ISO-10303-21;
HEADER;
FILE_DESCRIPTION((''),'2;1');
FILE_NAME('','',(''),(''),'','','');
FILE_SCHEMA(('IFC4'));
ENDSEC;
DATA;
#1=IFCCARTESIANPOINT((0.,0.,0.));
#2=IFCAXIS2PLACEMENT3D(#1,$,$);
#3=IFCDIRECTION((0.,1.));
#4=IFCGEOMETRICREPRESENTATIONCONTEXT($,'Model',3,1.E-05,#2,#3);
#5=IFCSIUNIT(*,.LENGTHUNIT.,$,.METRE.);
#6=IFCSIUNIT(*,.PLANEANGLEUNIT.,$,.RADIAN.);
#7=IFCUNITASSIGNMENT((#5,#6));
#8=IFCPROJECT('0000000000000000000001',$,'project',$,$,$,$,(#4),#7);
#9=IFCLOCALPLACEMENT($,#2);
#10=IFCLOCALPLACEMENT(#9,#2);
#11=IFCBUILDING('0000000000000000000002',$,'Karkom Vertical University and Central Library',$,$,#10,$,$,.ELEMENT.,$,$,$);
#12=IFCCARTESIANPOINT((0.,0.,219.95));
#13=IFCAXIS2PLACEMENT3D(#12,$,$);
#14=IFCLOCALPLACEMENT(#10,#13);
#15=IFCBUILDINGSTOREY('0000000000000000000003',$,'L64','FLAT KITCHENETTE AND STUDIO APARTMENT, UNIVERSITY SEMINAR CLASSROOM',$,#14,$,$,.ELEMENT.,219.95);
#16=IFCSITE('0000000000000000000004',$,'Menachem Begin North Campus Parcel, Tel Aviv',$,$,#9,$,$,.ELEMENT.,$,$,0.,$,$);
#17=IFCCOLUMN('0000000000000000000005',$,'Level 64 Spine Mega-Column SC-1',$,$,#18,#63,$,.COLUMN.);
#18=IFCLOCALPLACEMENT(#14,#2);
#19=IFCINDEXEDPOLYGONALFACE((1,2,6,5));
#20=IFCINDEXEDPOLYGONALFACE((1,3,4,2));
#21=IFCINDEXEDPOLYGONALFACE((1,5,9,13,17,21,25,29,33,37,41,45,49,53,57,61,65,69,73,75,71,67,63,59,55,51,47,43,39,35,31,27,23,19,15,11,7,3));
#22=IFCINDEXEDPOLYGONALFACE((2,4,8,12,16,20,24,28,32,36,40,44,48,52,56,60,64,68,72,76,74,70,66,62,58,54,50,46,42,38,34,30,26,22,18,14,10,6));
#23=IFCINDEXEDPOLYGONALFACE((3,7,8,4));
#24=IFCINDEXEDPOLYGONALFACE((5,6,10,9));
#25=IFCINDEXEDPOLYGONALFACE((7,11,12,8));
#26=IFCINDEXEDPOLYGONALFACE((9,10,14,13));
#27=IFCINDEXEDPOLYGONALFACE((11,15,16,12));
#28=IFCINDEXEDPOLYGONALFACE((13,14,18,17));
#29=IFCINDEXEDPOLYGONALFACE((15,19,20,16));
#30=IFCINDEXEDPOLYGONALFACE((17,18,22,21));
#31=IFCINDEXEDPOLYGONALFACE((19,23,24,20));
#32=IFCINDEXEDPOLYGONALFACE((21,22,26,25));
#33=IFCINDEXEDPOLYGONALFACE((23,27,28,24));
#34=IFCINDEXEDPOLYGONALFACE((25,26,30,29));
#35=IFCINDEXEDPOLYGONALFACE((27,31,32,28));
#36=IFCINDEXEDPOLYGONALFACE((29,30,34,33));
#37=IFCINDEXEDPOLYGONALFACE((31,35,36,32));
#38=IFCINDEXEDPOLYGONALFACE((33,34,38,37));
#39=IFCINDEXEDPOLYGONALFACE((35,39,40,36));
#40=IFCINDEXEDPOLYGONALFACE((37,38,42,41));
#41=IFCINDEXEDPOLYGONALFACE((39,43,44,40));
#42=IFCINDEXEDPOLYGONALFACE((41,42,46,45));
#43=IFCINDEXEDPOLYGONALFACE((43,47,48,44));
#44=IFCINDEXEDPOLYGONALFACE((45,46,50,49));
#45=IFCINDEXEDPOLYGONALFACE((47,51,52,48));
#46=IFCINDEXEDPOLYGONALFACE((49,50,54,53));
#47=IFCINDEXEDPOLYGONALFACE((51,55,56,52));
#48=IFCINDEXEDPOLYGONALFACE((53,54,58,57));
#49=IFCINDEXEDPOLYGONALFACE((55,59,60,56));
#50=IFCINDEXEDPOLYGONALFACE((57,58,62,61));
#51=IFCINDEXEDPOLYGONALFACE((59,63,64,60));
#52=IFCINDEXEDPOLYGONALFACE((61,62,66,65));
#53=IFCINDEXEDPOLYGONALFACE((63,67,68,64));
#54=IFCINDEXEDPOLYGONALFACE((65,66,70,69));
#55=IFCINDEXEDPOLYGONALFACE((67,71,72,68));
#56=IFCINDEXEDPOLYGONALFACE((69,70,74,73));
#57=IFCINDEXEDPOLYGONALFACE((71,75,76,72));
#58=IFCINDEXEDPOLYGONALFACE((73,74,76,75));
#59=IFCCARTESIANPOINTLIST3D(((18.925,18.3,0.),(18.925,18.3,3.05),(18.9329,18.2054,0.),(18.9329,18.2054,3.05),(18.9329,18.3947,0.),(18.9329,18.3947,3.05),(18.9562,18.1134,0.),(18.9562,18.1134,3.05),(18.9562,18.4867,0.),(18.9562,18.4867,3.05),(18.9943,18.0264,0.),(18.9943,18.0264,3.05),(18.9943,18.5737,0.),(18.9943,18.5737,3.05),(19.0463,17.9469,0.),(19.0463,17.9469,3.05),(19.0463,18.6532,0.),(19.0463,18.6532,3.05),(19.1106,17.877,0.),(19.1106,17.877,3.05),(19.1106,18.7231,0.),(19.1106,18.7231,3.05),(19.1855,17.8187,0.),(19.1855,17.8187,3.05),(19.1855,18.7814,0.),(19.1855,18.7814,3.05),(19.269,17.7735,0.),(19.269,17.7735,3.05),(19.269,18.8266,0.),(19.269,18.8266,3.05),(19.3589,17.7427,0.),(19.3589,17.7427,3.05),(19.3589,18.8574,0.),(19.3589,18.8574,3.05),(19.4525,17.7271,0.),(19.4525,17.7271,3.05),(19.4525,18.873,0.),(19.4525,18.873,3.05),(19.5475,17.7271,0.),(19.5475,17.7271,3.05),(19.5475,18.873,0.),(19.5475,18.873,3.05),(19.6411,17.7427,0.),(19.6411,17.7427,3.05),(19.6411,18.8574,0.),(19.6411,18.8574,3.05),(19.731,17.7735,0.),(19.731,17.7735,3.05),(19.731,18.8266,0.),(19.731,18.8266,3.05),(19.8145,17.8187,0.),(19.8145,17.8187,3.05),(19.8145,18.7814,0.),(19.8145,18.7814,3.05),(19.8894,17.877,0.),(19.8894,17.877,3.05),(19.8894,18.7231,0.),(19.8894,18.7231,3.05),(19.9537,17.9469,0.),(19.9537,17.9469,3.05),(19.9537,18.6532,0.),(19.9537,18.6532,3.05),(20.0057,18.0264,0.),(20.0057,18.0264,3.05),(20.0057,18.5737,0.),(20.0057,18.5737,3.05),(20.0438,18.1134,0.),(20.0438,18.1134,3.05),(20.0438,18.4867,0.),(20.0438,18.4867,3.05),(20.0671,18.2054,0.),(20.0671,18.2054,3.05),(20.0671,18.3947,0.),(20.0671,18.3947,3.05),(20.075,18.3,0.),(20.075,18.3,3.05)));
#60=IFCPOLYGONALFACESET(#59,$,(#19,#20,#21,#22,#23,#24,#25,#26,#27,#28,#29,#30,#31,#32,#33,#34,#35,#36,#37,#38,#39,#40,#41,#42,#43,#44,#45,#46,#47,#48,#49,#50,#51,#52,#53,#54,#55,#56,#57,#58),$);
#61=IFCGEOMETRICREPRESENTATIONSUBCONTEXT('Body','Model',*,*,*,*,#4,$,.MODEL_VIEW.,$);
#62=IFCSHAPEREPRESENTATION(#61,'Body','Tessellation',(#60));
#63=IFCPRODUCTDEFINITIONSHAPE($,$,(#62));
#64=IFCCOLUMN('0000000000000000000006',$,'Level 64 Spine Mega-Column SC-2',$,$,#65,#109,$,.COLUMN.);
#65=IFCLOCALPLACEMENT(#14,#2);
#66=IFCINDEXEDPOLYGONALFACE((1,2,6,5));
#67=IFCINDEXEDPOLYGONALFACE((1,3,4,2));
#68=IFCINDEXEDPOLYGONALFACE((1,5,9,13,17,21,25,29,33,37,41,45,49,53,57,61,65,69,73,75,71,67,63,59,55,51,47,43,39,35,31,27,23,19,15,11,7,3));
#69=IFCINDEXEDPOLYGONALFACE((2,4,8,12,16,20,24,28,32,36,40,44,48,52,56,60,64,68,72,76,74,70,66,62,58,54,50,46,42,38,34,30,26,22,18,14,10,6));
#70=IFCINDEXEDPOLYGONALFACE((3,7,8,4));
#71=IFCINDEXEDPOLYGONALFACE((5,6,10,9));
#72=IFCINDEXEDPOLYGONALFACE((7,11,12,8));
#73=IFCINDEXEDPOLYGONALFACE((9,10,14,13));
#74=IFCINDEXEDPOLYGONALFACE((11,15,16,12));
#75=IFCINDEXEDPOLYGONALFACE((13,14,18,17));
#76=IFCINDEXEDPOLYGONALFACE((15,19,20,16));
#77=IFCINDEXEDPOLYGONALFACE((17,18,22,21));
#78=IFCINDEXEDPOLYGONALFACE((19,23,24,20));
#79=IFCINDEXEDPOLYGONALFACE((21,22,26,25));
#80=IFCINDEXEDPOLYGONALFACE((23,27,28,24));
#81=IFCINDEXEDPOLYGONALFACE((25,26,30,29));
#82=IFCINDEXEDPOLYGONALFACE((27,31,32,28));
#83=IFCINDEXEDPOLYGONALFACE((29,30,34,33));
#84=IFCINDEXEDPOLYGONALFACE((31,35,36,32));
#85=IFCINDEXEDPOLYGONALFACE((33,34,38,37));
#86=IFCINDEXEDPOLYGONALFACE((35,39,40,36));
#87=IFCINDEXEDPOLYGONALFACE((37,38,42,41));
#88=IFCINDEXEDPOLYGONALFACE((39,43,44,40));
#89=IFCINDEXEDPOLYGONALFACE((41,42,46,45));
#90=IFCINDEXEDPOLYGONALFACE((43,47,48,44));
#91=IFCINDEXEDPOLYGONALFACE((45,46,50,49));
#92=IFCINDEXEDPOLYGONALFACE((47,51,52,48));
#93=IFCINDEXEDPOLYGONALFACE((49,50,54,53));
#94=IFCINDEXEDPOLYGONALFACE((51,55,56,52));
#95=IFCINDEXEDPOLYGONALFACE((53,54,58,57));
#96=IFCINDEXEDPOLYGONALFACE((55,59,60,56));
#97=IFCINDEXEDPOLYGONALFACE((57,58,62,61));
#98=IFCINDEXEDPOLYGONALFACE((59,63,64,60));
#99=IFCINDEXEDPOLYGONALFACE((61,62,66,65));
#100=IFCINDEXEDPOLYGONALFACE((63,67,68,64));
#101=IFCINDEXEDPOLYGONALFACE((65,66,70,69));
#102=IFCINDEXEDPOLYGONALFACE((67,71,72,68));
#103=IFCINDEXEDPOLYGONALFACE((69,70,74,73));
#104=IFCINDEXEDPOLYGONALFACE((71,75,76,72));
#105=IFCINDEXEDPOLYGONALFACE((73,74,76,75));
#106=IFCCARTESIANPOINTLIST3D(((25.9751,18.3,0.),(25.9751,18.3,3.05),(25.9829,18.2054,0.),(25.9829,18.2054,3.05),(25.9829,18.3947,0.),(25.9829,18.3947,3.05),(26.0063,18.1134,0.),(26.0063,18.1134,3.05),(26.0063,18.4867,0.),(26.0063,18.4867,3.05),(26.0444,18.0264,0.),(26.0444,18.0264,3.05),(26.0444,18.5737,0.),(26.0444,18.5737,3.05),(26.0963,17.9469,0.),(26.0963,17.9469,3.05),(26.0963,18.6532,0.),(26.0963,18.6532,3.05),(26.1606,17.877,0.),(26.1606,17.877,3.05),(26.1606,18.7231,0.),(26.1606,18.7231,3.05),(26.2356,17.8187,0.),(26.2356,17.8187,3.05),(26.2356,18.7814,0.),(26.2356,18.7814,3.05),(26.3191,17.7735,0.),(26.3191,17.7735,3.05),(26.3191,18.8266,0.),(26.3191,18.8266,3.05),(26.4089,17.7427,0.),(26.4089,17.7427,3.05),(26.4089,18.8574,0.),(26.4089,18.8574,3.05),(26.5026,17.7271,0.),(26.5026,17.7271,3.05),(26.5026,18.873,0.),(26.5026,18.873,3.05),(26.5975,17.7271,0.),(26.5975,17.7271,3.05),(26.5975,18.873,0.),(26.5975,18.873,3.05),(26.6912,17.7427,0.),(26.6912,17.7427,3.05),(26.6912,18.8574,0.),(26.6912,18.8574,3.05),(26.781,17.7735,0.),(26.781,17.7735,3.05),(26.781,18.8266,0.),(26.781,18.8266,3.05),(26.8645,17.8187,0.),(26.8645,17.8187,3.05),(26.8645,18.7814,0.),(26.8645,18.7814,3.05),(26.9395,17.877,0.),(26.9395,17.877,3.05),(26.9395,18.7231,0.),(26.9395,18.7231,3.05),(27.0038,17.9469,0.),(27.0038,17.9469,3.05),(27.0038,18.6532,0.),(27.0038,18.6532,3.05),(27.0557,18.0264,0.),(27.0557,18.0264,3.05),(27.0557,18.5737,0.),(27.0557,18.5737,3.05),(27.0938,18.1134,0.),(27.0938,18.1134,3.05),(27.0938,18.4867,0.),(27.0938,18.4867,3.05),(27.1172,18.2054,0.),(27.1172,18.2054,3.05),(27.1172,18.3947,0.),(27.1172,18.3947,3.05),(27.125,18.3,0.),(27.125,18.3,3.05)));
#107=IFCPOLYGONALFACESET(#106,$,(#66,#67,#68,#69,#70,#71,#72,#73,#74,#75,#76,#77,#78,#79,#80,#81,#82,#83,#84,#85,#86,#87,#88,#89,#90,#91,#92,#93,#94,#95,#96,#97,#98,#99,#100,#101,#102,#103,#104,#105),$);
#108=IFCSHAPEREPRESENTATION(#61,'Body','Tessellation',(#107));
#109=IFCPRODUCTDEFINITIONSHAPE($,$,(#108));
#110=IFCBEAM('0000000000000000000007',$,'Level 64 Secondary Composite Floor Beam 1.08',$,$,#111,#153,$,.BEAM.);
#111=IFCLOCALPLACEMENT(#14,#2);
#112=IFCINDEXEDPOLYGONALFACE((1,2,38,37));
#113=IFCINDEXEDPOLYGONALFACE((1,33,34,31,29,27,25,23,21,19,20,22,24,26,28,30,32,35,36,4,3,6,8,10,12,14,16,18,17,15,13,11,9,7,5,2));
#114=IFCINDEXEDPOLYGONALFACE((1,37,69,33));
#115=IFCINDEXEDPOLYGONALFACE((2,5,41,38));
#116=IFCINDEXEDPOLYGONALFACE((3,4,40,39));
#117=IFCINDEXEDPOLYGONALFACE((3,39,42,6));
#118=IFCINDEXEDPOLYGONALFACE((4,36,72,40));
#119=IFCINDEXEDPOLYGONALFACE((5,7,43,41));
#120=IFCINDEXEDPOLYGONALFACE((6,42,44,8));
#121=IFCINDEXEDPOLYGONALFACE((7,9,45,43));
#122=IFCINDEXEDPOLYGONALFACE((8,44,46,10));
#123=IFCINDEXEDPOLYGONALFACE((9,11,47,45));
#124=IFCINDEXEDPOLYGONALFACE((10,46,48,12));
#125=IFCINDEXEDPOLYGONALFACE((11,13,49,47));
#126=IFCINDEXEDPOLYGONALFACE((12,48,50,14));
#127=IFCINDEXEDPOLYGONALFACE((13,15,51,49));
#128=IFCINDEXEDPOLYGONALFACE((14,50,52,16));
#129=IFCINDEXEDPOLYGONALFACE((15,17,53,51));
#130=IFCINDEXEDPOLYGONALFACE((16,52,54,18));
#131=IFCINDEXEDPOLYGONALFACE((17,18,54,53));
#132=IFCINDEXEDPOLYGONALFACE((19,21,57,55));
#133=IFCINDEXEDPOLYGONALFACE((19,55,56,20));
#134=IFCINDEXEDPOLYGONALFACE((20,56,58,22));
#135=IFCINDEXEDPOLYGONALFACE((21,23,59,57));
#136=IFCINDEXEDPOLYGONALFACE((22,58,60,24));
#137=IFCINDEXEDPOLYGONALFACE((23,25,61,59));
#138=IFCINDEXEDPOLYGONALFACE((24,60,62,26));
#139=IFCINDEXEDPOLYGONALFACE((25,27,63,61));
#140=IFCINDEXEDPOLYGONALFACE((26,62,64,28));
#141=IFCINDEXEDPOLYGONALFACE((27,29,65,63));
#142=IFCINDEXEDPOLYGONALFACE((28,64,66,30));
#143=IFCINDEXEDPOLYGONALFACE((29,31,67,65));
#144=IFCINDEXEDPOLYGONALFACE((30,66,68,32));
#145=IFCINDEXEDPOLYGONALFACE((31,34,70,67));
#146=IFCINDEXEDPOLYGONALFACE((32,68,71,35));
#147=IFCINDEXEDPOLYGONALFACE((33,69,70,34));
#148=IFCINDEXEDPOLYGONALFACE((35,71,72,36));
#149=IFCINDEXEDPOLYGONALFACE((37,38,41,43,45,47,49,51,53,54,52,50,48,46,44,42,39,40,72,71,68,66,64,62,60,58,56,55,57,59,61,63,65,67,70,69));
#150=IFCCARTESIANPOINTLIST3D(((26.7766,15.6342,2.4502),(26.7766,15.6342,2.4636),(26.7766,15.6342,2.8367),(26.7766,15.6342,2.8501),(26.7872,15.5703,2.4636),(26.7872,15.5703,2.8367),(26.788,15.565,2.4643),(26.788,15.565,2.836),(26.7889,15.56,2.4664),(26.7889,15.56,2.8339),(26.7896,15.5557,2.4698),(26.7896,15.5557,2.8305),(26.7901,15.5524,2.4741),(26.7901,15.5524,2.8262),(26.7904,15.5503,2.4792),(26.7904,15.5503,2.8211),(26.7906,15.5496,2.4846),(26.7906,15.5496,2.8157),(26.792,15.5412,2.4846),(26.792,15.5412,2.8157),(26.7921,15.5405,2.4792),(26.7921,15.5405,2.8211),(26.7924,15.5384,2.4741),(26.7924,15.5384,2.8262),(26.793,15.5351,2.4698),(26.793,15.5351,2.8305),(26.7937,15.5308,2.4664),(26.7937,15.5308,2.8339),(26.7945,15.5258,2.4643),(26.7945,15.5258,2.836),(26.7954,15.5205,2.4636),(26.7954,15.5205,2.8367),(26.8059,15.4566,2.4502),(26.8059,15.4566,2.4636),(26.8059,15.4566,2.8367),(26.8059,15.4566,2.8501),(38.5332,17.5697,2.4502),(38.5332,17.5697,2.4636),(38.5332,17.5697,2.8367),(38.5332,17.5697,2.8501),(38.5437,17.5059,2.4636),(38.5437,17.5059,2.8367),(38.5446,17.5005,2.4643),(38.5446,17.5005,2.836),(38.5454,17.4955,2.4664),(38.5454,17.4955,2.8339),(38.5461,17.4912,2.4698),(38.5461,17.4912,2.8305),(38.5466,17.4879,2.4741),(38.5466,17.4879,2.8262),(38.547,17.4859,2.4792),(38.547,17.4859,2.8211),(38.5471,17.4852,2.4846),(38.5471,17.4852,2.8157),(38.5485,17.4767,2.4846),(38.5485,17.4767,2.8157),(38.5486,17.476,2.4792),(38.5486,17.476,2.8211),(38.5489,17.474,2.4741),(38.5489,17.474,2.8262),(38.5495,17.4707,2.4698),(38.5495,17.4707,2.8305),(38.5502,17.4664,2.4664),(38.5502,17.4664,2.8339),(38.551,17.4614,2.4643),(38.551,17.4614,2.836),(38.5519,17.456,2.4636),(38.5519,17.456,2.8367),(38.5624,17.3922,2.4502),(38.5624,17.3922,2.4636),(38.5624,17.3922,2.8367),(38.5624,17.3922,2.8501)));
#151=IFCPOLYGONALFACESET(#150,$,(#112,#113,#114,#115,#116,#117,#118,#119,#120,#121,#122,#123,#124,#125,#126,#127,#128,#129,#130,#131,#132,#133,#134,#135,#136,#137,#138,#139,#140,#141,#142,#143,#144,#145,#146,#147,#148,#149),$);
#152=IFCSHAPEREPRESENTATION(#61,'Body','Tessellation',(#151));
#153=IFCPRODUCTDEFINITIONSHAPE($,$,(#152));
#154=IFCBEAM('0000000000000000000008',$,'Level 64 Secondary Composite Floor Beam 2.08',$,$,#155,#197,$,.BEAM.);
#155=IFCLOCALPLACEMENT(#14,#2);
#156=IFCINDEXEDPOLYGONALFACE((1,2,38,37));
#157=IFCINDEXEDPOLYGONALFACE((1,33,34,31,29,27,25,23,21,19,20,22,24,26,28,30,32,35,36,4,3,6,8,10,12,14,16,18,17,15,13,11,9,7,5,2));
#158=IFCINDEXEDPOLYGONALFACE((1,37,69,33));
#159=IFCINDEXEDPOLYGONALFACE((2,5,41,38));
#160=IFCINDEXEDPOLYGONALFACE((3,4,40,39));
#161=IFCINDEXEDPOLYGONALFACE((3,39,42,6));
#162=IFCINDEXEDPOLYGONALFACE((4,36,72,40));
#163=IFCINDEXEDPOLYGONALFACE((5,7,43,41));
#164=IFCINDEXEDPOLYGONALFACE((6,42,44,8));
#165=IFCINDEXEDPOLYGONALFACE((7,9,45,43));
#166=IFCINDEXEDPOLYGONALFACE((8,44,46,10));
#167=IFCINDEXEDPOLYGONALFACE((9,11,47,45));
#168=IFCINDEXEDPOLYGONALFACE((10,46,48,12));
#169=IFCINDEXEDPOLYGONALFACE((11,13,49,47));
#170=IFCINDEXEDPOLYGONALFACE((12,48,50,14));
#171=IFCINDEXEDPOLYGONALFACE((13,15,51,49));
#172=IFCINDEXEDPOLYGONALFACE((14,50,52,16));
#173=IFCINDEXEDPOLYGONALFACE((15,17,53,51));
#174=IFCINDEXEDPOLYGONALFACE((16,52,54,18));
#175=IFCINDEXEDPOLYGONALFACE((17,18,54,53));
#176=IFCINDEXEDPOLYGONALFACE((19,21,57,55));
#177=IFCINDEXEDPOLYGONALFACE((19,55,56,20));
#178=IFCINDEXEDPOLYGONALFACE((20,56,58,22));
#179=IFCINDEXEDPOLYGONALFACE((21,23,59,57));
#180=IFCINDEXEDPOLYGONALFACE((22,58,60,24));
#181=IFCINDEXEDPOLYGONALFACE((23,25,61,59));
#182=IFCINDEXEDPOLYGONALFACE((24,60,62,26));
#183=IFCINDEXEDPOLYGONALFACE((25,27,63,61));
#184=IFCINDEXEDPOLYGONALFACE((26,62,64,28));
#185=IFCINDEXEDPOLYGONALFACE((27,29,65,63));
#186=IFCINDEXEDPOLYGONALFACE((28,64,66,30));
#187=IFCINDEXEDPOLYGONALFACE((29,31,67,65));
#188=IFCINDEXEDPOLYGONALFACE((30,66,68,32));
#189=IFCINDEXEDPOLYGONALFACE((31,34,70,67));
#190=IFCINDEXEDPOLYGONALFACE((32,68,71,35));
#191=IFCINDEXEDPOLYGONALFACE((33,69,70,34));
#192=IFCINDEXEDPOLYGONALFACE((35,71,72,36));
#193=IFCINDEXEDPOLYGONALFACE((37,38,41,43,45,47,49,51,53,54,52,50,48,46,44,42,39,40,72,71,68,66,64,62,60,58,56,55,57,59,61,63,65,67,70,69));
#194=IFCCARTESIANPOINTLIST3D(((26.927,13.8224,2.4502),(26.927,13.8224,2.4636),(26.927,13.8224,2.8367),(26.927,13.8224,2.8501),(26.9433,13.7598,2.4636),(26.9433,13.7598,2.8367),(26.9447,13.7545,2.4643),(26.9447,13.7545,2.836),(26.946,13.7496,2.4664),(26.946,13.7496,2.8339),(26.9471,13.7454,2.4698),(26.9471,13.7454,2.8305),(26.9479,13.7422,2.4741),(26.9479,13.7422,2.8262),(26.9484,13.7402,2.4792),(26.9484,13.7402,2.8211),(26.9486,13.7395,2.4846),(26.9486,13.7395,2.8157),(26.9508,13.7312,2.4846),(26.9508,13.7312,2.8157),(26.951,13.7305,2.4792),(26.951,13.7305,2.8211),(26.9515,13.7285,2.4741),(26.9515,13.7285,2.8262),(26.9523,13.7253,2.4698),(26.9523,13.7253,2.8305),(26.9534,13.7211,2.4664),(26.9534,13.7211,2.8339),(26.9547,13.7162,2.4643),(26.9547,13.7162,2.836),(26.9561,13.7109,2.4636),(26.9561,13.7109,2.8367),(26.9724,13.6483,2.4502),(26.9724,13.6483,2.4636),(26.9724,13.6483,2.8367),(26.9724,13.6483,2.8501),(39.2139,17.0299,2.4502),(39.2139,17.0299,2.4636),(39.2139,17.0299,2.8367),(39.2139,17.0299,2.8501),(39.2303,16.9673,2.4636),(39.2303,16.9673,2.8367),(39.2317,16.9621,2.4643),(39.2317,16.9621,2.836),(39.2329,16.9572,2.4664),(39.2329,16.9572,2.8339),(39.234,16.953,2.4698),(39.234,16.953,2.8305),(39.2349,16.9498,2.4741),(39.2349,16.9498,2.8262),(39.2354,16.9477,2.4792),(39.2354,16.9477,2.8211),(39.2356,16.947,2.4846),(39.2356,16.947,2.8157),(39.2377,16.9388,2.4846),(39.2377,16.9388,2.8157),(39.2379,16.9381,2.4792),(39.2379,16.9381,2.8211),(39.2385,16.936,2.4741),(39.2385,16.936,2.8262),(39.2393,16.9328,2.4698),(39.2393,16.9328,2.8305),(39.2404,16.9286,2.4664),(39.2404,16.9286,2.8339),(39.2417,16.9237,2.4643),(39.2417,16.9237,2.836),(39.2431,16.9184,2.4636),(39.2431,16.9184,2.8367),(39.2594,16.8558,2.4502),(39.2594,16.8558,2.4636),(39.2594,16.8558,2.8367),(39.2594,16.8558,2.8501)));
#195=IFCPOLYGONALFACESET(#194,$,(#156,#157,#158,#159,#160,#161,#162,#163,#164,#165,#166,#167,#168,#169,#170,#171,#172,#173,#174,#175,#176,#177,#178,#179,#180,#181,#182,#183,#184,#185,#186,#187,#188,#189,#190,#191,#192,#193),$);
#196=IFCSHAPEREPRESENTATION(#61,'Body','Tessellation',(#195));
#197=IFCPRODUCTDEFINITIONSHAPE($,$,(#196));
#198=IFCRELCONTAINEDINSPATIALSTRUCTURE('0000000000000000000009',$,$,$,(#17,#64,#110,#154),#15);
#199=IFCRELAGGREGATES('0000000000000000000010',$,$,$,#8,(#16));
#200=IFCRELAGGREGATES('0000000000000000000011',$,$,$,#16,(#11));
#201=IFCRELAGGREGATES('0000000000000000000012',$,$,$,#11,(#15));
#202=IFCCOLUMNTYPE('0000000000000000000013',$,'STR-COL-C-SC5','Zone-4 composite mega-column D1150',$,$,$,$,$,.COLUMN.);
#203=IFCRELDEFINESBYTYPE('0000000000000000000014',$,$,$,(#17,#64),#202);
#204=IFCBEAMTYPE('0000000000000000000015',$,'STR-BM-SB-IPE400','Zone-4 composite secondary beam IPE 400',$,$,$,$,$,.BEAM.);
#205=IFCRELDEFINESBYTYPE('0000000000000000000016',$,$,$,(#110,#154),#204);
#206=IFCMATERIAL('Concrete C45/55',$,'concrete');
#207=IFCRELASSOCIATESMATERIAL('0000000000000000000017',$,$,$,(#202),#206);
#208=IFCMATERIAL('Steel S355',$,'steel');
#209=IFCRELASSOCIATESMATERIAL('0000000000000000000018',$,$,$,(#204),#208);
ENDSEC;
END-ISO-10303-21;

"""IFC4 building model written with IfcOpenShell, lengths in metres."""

from ifc_helpers import new_model, si_unit, direction, frame, origin, origin_with_axes, origin_2d, place, context, subcontext, project, spatial, circle, i_section, extrude, source, transform, mapped, material, material_profile, profile_set, type_object, element, save


model = new_model("IFC4")

# Units and contexts
model_context = context("Model", 3, precision=1e-05, world=origin(), true_north=direction((0.0, 1.0)))
body_context = subcontext(model_context, "Body", "Model", "MODEL_VIEW")
ifc_project = project(units=[si_unit("LENGTHUNIT", "METRE"), si_unit("PLANEANGLEUNIT", "RADIAN")], contexts=[model_context])

# Site, building, storey
site_placement = place(None, origin())
site = spatial("IfcSite", under=ifc_project, at=site_placement, Name="Menachem Begin North Campus Parcel, Tel Aviv", CompositionType="ELEMENT", RefElevation=0.0)
building_placement = place(site_placement, origin())
building = spatial("IfcBuilding", under=site, at=building_placement, Name="Karkom Vertical University and Central Library", CompositionType="ELEMENT")
storey_placement = place(building_placement, frame((0.0, 0.0, 219.95)))
storey = spatial("IfcBuildingStorey", under=building, at=storey_placement, Name="L64", Description="FLAT KITCHENETTE AND STUDIO APARTMENT, UNIVERSITY SEMINAR CLASSROOM", CompositionType="ELEMENT", Elevation=219.95)

# Columns
ifc_material_1 = material(Name="Concrete C45/55", Category="concrete")
ifc_material_profile_1 = material_profile(ifc_material_1, circle(Radius=0.575, at=origin_2d()), Name="CFT-D1150")
ifc_profile_set_1 = profile_set([ifc_material_profile_1], Name="Concrete C45/55")
column_type = type_object("IfcColumnType", Name="STR-COL-C-SC5", Description="Zone-4 composite mega-column D1150", PredefinedType="COLUMN", material=ifc_profile_set_1)
shared_shape_1 = source(origin_with_axes(), body_context, "Body", "SweptSolid", [
    extrude(circle(Radius=0.575, at=origin_2d()), origin(), (0.0, 0.0, 1.0), 3.05),
])
for number, where, z_axis, x_axis, name in (
    (1, (19.5, 18.3, 0.0), (0.0, 0.0, 1.0), (1.0, 0.0, 0.0), "Level 64 Spine Mega-Column SC-1"),
    (2, (26.55, 18.3, 0.0), (0.0, 0.0, 1.0), (1.0, 0.0, 0.0), "Level 64 Spine Mega-Column SC-2"),
):
    element("IfcColumn", number, at=place(storey_placement, frame(where, z_axis=z_axis, x_axis=x_axis)), inside=storey, type_object=column_type, Name=name, PredefinedType="COLUMN", context=body_context, shape_type="MappedRepresentation", body=[
        mapped(shared_shape_1, transform((0.0, 0.0, 0.0), scale=1.0)),
    ])

# Beams
ifc_material_2 = material(Name="Steel S355", Category="steel")
ifc_material_profile_2 = material_profile(ifc_material_2, i_section(OverallWidth=0.1799, OverallDepth=0.3999, WebThickness=0.0085, FlangeThickness=0.0134, FilletRadius=0.021, at=origin_2d()), Name="IPE 400")
ifc_profile_set_2 = profile_set([ifc_material_profile_2], Name="Steel S355")
beam_type_1 = type_object("IfcBeamType", Name="STR-BM-SB-IPE400", Description="Zone-4 composite secondary beam IPE 400", PredefinedType="BEAM", material=ifc_profile_set_2)
shared_shape_2 = source(origin_with_axes(), body_context, "Body", "SweptSolid", [
    extrude(i_section(OverallWidth=0.1799, OverallDepth=0.3999, WebThickness=0.0085, FlangeThickness=0.0134, FilletRadius=0.021, at=origin_2d()), origin(), (0.0, 0.0, 1.0), 11.9148),
])
beam_1_placement = place(storey_placement, frame((26.7913, 15.5454, 2.6501), z_axis=(0.986717, 0.162448, 0.0), x_axis=(-0.162448, 0.986717, 0.0)))
element("IfcBeam", 3, at=beam_1_placement, inside=storey, type_object=beam_type_1, Name="Level 64 Secondary Composite Floor Beam 1.08", PredefinedType="BEAM", context=body_context, shape_type="MappedRepresentation", body=[
    mapped(shared_shape_2, transform((0.0, 0.0, 0.0), scale=1.0)),
])
shared_shape_3 = source(origin_with_axes(), body_context, "Body", "SweptSolid", [
    extrude(i_section(OverallWidth=0.1799, OverallDepth=0.3999, WebThickness=0.0085, FlangeThickness=0.0134, FilletRadius=0.021, at=origin_2d()), origin(), (0.0, 0.0, 1.0), 12.6987),
])
beam_2_placement = place(storey_placement, frame((26.9497, 13.7354, 2.6501), z_axis=(0.967574, 0.252588, 0.0), x_axis=(-0.252588, 0.967574, 0.0)))
element("IfcBeam", 4, at=beam_2_placement, inside=storey, type_object=beam_type_1, Name="Level 64 Secondary Composite Floor Beam 2.08", PredefinedType="BEAM", context=body_context, shape_type="MappedRepresentation", body=[
    mapped(shared_shape_3, transform((0.0, 0.0, 0.0), scale=1.0)),
])

save(model, "model.ifc")
